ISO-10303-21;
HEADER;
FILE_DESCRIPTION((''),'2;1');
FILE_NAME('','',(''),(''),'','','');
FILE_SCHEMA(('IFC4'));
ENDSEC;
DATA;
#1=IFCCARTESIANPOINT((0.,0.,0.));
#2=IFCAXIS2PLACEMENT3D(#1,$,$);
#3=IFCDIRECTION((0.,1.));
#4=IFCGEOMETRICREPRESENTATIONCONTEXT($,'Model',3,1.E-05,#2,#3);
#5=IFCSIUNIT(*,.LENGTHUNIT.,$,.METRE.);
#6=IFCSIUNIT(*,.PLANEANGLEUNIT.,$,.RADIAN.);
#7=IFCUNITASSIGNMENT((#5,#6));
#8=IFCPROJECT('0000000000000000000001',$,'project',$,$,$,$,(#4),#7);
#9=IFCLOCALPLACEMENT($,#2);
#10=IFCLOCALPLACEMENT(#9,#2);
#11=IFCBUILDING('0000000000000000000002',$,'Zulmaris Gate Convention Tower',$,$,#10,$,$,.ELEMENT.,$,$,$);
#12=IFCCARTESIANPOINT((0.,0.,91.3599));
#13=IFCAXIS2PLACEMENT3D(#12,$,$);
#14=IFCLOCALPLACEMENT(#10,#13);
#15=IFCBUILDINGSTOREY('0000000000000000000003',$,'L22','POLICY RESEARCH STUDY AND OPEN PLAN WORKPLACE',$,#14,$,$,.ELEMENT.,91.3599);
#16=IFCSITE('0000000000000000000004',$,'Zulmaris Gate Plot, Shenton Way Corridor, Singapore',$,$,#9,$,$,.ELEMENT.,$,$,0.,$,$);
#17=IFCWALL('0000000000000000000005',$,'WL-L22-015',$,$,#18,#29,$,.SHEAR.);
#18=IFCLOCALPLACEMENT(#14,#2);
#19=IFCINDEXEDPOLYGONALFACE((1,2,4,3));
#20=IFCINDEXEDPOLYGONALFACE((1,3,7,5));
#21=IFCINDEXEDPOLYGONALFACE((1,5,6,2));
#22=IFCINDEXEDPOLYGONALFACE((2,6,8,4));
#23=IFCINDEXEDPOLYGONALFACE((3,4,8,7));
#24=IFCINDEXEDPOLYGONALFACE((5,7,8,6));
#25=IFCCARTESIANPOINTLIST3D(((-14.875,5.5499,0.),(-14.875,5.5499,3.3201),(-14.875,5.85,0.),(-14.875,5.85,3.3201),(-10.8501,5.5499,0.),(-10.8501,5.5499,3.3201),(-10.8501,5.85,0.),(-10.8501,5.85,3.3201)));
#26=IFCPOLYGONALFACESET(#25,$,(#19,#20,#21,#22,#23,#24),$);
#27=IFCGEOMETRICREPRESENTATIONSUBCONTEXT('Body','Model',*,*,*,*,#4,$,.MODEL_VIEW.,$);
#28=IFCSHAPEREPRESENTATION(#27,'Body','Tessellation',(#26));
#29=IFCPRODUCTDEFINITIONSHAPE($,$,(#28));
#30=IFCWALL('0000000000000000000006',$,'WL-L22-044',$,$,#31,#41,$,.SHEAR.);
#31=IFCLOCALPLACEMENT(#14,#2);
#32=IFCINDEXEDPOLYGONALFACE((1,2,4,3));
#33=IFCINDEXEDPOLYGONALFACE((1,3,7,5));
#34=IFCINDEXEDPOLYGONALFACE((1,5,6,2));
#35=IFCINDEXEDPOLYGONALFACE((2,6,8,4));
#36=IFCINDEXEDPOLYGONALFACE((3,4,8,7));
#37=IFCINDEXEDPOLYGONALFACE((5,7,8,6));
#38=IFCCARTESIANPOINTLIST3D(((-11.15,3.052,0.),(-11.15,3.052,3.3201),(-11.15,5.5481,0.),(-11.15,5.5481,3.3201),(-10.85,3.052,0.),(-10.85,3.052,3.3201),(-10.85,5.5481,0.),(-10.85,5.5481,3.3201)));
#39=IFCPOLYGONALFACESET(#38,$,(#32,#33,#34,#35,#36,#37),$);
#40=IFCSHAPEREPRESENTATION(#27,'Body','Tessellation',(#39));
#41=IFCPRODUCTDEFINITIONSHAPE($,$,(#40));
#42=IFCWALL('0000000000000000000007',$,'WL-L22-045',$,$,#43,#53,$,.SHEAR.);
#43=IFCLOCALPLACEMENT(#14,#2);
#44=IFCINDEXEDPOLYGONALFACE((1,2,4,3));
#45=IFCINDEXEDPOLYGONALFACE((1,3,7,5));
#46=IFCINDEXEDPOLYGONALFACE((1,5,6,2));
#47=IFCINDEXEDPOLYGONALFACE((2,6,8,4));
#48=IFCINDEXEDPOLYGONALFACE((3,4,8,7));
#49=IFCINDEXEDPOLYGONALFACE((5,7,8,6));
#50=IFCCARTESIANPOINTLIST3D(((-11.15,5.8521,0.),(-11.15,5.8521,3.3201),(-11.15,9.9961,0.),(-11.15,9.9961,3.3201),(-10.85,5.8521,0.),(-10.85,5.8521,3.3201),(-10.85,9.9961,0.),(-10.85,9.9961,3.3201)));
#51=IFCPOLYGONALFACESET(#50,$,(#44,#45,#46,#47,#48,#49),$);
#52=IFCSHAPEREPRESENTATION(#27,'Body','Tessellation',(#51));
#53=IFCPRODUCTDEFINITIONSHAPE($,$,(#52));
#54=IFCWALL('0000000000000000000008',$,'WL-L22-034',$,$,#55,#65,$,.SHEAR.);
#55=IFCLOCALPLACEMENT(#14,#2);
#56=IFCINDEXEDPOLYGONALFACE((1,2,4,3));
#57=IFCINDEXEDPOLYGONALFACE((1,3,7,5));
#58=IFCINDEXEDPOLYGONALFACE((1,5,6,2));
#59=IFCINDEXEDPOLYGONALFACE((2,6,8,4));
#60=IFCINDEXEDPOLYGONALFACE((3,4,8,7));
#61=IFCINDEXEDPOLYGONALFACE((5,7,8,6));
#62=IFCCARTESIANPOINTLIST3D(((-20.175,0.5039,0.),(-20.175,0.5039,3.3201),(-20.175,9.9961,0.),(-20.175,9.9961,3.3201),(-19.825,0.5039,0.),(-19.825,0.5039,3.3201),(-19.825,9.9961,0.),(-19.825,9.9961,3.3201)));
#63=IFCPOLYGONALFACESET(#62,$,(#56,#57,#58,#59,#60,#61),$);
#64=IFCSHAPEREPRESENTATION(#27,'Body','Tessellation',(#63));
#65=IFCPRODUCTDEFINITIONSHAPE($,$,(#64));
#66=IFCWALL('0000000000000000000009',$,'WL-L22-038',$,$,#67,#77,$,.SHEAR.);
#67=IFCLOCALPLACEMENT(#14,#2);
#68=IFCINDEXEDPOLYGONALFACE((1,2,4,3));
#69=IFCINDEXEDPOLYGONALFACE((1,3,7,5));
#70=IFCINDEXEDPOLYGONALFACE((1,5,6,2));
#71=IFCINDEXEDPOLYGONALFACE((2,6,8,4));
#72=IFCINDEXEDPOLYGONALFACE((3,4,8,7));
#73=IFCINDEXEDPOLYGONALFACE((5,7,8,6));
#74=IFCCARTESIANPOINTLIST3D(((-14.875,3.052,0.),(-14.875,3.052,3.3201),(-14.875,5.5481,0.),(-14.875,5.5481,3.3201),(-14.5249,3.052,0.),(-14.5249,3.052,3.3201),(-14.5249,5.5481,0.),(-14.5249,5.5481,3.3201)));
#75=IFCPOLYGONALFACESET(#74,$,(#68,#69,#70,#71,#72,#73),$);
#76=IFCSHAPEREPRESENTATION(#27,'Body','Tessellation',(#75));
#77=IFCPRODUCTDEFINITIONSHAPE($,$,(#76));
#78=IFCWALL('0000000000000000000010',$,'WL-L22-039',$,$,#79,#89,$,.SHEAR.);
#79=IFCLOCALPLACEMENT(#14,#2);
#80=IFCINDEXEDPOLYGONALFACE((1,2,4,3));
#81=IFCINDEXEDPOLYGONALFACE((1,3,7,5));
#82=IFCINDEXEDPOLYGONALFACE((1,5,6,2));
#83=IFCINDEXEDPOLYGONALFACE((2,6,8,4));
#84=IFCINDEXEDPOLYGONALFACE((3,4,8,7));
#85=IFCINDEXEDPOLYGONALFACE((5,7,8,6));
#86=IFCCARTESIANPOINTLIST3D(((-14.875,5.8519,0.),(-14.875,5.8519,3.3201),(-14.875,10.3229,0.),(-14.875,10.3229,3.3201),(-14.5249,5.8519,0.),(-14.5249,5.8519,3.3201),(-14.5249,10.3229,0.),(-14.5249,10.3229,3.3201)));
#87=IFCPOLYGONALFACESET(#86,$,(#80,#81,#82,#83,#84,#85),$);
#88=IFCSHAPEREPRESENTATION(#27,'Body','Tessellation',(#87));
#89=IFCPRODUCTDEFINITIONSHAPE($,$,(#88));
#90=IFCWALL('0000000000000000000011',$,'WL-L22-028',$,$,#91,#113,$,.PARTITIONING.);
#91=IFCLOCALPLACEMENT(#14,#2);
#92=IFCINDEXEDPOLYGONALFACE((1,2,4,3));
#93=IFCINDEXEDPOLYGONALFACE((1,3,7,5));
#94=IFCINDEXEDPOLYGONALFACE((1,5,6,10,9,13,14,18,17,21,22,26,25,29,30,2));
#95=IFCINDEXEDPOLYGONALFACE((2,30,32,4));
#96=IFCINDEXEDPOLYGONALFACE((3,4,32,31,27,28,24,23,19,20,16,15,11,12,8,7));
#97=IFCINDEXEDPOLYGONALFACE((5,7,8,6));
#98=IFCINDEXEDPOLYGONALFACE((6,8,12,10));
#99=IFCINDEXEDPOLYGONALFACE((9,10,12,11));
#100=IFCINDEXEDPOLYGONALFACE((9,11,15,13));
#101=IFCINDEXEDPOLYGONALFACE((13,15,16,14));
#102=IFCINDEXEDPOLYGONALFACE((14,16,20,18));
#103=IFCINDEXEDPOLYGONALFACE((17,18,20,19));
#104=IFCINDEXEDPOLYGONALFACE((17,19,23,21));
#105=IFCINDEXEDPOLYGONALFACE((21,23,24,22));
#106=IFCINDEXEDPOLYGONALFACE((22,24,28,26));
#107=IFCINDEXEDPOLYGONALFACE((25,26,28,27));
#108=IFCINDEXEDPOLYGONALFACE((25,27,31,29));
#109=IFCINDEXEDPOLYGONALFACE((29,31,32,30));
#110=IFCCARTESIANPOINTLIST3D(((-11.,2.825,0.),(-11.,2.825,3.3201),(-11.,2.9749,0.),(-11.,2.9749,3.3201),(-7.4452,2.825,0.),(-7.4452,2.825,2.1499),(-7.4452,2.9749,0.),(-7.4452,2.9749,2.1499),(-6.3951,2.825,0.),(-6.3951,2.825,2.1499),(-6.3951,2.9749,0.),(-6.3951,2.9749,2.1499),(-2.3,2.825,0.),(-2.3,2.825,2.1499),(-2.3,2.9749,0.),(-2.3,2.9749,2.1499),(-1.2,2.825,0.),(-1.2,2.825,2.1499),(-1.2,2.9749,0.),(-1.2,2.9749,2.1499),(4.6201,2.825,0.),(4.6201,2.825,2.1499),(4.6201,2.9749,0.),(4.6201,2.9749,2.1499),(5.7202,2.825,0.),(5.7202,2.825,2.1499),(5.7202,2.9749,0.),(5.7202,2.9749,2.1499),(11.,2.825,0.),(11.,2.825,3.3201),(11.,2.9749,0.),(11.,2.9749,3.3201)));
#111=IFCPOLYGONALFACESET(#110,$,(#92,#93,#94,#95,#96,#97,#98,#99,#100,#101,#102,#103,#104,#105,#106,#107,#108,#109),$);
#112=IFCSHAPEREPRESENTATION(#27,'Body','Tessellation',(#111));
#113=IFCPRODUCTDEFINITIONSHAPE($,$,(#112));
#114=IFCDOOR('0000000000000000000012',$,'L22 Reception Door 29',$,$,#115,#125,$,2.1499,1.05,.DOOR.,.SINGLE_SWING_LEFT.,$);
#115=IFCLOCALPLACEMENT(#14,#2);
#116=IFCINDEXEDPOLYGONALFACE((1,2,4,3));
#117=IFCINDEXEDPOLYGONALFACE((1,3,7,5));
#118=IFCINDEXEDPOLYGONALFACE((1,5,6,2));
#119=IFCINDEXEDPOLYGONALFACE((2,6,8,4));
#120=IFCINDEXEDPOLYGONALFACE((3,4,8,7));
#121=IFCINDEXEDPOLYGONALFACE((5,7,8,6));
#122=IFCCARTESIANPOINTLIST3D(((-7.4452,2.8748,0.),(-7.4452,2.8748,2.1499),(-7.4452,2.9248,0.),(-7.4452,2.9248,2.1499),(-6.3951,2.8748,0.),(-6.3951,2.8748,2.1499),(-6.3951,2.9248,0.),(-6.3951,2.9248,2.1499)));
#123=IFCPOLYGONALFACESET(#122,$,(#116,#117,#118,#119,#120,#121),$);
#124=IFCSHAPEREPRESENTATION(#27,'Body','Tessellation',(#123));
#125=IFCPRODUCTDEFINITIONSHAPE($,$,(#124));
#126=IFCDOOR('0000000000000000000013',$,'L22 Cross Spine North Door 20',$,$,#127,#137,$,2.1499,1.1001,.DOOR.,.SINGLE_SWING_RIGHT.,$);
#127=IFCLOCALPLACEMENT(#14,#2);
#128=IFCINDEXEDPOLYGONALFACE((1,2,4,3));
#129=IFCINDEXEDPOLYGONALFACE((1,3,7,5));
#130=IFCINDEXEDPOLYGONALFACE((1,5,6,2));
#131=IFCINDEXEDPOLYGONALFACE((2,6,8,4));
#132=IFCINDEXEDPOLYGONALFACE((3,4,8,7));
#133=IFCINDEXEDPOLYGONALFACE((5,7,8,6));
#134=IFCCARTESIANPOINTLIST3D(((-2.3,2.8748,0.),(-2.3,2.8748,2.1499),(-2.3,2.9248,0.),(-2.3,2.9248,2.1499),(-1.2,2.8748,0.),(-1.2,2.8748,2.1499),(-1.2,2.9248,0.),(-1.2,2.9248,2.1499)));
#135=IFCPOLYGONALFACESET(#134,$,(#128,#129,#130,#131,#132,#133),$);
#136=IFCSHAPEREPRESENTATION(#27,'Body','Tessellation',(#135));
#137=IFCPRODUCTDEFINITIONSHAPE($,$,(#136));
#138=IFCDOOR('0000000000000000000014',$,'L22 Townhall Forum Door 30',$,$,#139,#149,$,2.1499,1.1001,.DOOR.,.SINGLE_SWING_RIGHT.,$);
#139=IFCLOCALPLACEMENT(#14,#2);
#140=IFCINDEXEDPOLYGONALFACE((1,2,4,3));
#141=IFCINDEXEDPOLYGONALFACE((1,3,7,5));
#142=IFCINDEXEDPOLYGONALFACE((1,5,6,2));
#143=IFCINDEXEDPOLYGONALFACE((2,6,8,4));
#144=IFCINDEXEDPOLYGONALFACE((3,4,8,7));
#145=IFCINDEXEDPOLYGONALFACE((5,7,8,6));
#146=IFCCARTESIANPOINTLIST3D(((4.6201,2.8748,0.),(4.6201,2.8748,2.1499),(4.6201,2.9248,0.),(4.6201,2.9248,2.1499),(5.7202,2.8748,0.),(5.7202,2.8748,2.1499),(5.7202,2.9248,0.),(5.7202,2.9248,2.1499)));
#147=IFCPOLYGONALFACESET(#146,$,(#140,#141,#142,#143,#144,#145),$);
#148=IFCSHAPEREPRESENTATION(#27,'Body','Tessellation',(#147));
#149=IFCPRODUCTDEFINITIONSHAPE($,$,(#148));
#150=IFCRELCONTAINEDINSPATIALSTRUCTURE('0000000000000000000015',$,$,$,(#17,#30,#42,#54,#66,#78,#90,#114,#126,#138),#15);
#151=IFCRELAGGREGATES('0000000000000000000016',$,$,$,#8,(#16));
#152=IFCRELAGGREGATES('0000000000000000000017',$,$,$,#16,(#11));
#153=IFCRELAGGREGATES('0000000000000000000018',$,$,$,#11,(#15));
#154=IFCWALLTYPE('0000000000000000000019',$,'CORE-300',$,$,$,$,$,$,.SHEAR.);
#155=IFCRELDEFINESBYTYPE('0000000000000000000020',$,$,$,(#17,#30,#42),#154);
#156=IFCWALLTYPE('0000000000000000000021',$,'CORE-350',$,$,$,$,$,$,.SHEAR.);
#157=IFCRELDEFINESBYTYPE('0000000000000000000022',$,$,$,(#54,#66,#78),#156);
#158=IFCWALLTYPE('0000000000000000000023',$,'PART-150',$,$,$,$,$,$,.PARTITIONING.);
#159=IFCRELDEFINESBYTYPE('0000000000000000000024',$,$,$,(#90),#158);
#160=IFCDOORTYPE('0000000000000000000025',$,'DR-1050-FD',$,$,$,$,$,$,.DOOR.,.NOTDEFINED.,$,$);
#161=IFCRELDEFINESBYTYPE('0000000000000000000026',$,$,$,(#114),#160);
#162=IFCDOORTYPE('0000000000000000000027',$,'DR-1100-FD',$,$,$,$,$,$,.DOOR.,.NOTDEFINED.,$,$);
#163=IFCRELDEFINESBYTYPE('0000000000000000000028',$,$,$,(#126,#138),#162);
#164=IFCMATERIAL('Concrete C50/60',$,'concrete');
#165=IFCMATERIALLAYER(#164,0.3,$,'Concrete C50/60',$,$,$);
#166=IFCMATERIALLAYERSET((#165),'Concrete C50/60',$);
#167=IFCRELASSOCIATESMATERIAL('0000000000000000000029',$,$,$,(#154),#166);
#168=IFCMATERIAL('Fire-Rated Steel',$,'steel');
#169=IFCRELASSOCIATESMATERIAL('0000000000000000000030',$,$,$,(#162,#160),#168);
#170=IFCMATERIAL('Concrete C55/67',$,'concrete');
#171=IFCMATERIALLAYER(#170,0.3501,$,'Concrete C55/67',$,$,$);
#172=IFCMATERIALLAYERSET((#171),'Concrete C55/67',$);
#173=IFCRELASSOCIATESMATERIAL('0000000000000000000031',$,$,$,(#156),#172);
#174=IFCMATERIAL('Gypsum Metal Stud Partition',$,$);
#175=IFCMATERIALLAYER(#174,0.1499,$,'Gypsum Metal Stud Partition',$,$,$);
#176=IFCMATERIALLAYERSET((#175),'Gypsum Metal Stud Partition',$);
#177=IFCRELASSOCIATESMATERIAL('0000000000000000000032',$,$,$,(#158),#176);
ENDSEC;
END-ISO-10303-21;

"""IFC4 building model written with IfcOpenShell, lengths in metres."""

from ifc_helpers import new_model, si_unit, direction, frame, frame_2d, origin, place, context, subcontext, project, spatial, rectangle, extrude, material, layer, layer_set, type_object, element, fill, save


model = new_model("IFC4")

# Units and contexts
model_context = context("Model", 3, precision=1e-05, world=origin(), true_north=direction((0.0, 1.0)))
body_context = subcontext(model_context, "Body", "Model", "MODEL_VIEW")
ifc_project = project(units=[si_unit("LENGTHUNIT", "METRE"), si_unit("PLANEANGLEUNIT", "RADIAN")], contexts=[model_context])

# Site, building, storey
site_placement = place(None, origin())
site = spatial("IfcSite", under=ifc_project, at=site_placement, Name="Zulmaris Gate Plot, Shenton Way Corridor, Singapore", CompositionType="ELEMENT", RefElevation=0.0)
building_placement = place(site_placement, origin())
building = spatial("IfcBuilding", under=site, at=building_placement, Name="Zulmaris Gate Convention Tower", CompositionType="ELEMENT")
storey_placement = place(building_placement, frame((0.0, 0.0, 91.3599)))
storey = spatial("IfcBuildingStorey", under=building, at=storey_placement, Name="L22", Description="POLICY RESEARCH STUDY AND OPEN PLAN WORKPLACE", CompositionType="ELEMENT", Elevation=91.3599)

# Shared definitions
ifc_material_1 = material(Name="Concrete C50/60", Category="concrete")

# Shared definitions
ifc_layer_1 = layer(ifc_material_1, 0.3, Name="Concrete C50/60")
ifc_layer_set_1 = layer_set([ifc_layer_1], Name="Concrete C50/60")
wall_type_1 = type_object("IfcWallType", Name="CORE-300", PredefinedType="SHEAR", material=ifc_layer_set_1)

# Wall
wall_1_placement = place(storey_placement, frame((-14.875, 5.7, 0.0), z_axis=(0.0, 0.0, 1.0), x_axis=(1.0, 0.0, 0.0)))
element("IfcWall", 1, at=wall_1_placement, inside=storey, type_object=wall_type_1, Name="WL-L22-015", PredefinedType="SHEAR", context=body_context, shape_type="SweptSolid", body=[
    extrude(rectangle(XDim=4.0249, YDim=0.3, at=frame_2d((2.0125, 0.0))), origin(), (0.0, 0.0, 1.0), 3.3201),
])

# Shared definitions
ifc_material_2 = material(Name="Fire-Rated Steel", Category="steel")
door_type_1 = type_object("IfcDoorType", Name="DR-1100-FD", OperationType="NOTDEFINED", PredefinedType="DOOR", material=ifc_material_2)

# Walls
wall_2_placement = place(storey_placement, frame((-11.0, 3.052, 0.0), z_axis=(0.0, 0.0, 1.0), x_axis=(0.0, 1.0, 0.0)))
element("IfcWall", 2, at=wall_2_placement, inside=storey, type_object=wall_type_1, Name="WL-L22-044", PredefinedType="SHEAR", context=body_context, shape_type="SweptSolid", body=[
    extrude(rectangle(XDim=2.4961, YDim=0.3, at=frame_2d((1.248, 0.0))), origin(), (0.0, 0.0, 1.0), 3.3201),
])
wall_3_placement = place(storey_placement, frame((-11.0, 5.8521, 0.0), z_axis=(0.0, 0.0, 1.0), x_axis=(0.0, 1.0, 0.0)))
element("IfcWall", 3, at=wall_3_placement, inside=storey, type_object=wall_type_1, Name="WL-L22-045", PredefinedType="SHEAR", context=body_context, shape_type="SweptSolid", body=[
    extrude(rectangle(XDim=4.144, YDim=0.3, at=frame_2d((2.072, 0.0))), origin(), (0.0, 0.0, 1.0), 3.3201),
])
ifc_material_3 = material(Name="Concrete C55/67", Category="concrete")
ifc_layer_2 = layer(ifc_material_3, 0.3501, Name="Concrete C55/67")
ifc_layer_set_2 = layer_set([ifc_layer_2], Name="Concrete C55/67")
wall_type_2 = type_object("IfcWallType", Name="CORE-350", PredefinedType="SHEAR", material=ifc_layer_set_2)
wall_4_placement = place(storey_placement, frame((-20.0, 0.5039, 0.0), z_axis=(0.0, 0.0, 1.0), x_axis=(0.0, 1.0, 0.0)))
element("IfcWall", 4, at=wall_4_placement, inside=storey, type_object=wall_type_2, Name="WL-L22-034", PredefinedType="SHEAR", context=body_context, shape_type="SweptSolid", body=[
    extrude(rectangle(XDim=9.4922, YDim=0.3501, at=frame_2d((4.7461, 0.0))), origin(), (0.0, 0.0, 1.0), 3.3201),
])
wall_5_placement = place(storey_placement, frame((-14.7, 3.052, 0.0), z_axis=(0.0, 0.0, 1.0), x_axis=(0.0, 1.0, 0.0)))
element("IfcWall", 5, at=wall_5_placement, inside=storey, type_object=wall_type_2, Name="WL-L22-038", PredefinedType="SHEAR", context=body_context, shape_type="SweptSolid", body=[
    extrude(rectangle(XDim=2.4961, YDim=0.3501, at=frame_2d((1.248, 0.0))), origin(), (0.0, 0.0, 1.0), 3.3201),
])
wall_6_placement = place(storey_placement, frame((-14.7, 5.8521, 0.0), z_axis=(0.0, 0.0, 1.0), x_axis=(0.0, 1.0, 0.0)))
element("IfcWall", 6, at=wall_6_placement, inside=storey, type_object=wall_type_2, Name="WL-L22-039", PredefinedType="SHEAR", context=body_context, shape_type="SweptSolid", body=[
    extrude(rectangle(XDim=4.4709, YDim=0.3501, at=frame_2d((2.2354, 0.0))), origin(), (0.0, 0.0, 1.0), 3.3201),
])

# Wall, openings, doors
ifc_material_4 = material(Name="Gypsum Metal Stud Partition")
ifc_layer_3 = layer(ifc_material_4, 0.1499, Name="Gypsum Metal Stud Partition")
ifc_layer_set_3 = layer_set([ifc_layer_3], Name="Gypsum Metal Stud Partition")
wall_type_3 = type_object("IfcWallType", Name="PART-150", PredefinedType="PARTITIONING", material=ifc_layer_set_3)
wall_7_placement = place(storey_placement, frame((-11.0, 2.8999, 0.0), z_axis=(0.0, 0.0, 1.0), x_axis=(1.0, 0.0, 0.0)))
wall_7 = element("IfcWall", 7, at=wall_7_placement, inside=storey, type_object=wall_type_3, Name="WL-L22-028", PredefinedType="PARTITIONING", context=body_context, shape_type="SweptSolid", body=[
    extrude(rectangle(XDim=22.0, YDim=0.1499, at=frame_2d((11.0, 0.0))), origin(), (0.0, 0.0, 1.0), 3.3201),
])
opening_1_placement = place(wall_7_placement, frame((8.7, 0.0, 0.0)))
opening_1 = element("IfcOpeningElement", 8, at=opening_1_placement, cuts=wall_7, PredefinedType="OPENING", context=body_context, shape_type="SweptSolid", body=[
    extrude(rectangle(XDim=1.1001, YDim=2.1499, at=frame_2d((0.55, 1.075))), frame((0.0, 0.085, 0.0), z_axis=(0.0, -1.0, 0.0), x_axis=(1.0, 0.0, 0.0)), (0.0, 0.0, 1.0), 0.1699),
])
opening_2_placement = place(wall_7_placement, frame((3.5549, 0.0, 0.0)))
opening_2 = element("IfcOpeningElement", 9, at=opening_2_placement, cuts=wall_7, PredefinedType="OPENING", context=body_context, shape_type="SweptSolid", body=[
    extrude(rectangle(XDim=1.05, YDim=2.1499, at=frame_2d((0.5249, 1.075))), frame((0.0, 0.085, 0.0), z_axis=(0.0, -1.0, 0.0), x_axis=(1.0, 0.0, 0.0)), (0.0, 0.0, 1.0), 0.1699),
])
opening_3_placement = place(wall_7_placement, frame((15.6201, 0.0, 0.0)))
opening_3 = element("IfcOpeningElement", 10, at=opening_3_placement, cuts=wall_7, PredefinedType="OPENING", context=body_context, shape_type="SweptSolid", body=[
    extrude(rectangle(XDim=1.1001, YDim=2.1499, at=frame_2d((0.55, 1.075))), frame((0.0, 0.085, 0.0), z_axis=(0.0, -1.0, 0.0), x_axis=(1.0, 0.0, 0.0)), (0.0, 0.0, 1.0), 0.1699),
])
door_type_2 = type_object("IfcDoorType", Name="DR-1050-FD", OperationType="NOTDEFINED", PredefinedType="DOOR", material=ifc_material_2)
door_1_placement = place(opening_2_placement, origin())
door_1 = element("IfcDoor", 11, at=door_1_placement, inside=storey, type_object=door_type_2, Name="L22 Reception Door 29", OperationType="SINGLE_SWING_LEFT", OverallHeight=2.1499, OverallWidth=1.05, PredefinedType="DOOR", context=body_context, shape_type="SweptSolid", body=[
    extrude(rectangle(XDim=1.05, YDim=2.1499, at=frame_2d((0.5249, 1.075))), frame((0.0, 0.0249, 0.0), z_axis=(0.0, -1.0, 0.0), x_axis=(1.0, 0.0, 0.0)), (0.0, 0.0, 1.0), 0.05),
])
fill(opening_2, door_1)
door_2_placement = place(opening_1_placement, origin())
door_2 = element("IfcDoor", 12, at=door_2_placement, inside=storey, type_object=door_type_1, Name="L22 Cross Spine North Door 20", OperationType="SINGLE_SWING_RIGHT", OverallHeight=2.1499, OverallWidth=1.1001, PredefinedType="DOOR", context=body_context, shape_type="SweptSolid", body=[
    extrude(rectangle(XDim=1.1001, YDim=2.1499, at=frame_2d((0.55, 1.075))), frame((0.0, 0.0249, 0.0), z_axis=(0.0, -1.0, 0.0), x_axis=(1.0, 0.0, 0.0)), (0.0, 0.0, 1.0), 0.05),
])
fill(opening_1, door_2)
door_3_placement = place(opening_3_placement, origin())
door_3 = element("IfcDoor", 13, at=door_3_placement, inside=storey, type_object=door_type_1, Name="L22 Townhall Forum Door 30", OperationType="SINGLE_SWING_RIGHT", OverallHeight=2.1499, OverallWidth=1.1001, PredefinedType="DOOR", context=body_context, shape_type="SweptSolid", body=[
    extrude(rectangle(XDim=1.1001, YDim=2.1499, at=frame_2d((0.55, 1.075))), frame((0.0, 0.0249, 0.0), z_axis=(0.0, -1.0, 0.0), x_axis=(1.0, 0.0, 0.0)), (0.0, 0.0, 1.0), 0.05),
])
fill(opening_3, door_3)

save(model, "model.ifc")
